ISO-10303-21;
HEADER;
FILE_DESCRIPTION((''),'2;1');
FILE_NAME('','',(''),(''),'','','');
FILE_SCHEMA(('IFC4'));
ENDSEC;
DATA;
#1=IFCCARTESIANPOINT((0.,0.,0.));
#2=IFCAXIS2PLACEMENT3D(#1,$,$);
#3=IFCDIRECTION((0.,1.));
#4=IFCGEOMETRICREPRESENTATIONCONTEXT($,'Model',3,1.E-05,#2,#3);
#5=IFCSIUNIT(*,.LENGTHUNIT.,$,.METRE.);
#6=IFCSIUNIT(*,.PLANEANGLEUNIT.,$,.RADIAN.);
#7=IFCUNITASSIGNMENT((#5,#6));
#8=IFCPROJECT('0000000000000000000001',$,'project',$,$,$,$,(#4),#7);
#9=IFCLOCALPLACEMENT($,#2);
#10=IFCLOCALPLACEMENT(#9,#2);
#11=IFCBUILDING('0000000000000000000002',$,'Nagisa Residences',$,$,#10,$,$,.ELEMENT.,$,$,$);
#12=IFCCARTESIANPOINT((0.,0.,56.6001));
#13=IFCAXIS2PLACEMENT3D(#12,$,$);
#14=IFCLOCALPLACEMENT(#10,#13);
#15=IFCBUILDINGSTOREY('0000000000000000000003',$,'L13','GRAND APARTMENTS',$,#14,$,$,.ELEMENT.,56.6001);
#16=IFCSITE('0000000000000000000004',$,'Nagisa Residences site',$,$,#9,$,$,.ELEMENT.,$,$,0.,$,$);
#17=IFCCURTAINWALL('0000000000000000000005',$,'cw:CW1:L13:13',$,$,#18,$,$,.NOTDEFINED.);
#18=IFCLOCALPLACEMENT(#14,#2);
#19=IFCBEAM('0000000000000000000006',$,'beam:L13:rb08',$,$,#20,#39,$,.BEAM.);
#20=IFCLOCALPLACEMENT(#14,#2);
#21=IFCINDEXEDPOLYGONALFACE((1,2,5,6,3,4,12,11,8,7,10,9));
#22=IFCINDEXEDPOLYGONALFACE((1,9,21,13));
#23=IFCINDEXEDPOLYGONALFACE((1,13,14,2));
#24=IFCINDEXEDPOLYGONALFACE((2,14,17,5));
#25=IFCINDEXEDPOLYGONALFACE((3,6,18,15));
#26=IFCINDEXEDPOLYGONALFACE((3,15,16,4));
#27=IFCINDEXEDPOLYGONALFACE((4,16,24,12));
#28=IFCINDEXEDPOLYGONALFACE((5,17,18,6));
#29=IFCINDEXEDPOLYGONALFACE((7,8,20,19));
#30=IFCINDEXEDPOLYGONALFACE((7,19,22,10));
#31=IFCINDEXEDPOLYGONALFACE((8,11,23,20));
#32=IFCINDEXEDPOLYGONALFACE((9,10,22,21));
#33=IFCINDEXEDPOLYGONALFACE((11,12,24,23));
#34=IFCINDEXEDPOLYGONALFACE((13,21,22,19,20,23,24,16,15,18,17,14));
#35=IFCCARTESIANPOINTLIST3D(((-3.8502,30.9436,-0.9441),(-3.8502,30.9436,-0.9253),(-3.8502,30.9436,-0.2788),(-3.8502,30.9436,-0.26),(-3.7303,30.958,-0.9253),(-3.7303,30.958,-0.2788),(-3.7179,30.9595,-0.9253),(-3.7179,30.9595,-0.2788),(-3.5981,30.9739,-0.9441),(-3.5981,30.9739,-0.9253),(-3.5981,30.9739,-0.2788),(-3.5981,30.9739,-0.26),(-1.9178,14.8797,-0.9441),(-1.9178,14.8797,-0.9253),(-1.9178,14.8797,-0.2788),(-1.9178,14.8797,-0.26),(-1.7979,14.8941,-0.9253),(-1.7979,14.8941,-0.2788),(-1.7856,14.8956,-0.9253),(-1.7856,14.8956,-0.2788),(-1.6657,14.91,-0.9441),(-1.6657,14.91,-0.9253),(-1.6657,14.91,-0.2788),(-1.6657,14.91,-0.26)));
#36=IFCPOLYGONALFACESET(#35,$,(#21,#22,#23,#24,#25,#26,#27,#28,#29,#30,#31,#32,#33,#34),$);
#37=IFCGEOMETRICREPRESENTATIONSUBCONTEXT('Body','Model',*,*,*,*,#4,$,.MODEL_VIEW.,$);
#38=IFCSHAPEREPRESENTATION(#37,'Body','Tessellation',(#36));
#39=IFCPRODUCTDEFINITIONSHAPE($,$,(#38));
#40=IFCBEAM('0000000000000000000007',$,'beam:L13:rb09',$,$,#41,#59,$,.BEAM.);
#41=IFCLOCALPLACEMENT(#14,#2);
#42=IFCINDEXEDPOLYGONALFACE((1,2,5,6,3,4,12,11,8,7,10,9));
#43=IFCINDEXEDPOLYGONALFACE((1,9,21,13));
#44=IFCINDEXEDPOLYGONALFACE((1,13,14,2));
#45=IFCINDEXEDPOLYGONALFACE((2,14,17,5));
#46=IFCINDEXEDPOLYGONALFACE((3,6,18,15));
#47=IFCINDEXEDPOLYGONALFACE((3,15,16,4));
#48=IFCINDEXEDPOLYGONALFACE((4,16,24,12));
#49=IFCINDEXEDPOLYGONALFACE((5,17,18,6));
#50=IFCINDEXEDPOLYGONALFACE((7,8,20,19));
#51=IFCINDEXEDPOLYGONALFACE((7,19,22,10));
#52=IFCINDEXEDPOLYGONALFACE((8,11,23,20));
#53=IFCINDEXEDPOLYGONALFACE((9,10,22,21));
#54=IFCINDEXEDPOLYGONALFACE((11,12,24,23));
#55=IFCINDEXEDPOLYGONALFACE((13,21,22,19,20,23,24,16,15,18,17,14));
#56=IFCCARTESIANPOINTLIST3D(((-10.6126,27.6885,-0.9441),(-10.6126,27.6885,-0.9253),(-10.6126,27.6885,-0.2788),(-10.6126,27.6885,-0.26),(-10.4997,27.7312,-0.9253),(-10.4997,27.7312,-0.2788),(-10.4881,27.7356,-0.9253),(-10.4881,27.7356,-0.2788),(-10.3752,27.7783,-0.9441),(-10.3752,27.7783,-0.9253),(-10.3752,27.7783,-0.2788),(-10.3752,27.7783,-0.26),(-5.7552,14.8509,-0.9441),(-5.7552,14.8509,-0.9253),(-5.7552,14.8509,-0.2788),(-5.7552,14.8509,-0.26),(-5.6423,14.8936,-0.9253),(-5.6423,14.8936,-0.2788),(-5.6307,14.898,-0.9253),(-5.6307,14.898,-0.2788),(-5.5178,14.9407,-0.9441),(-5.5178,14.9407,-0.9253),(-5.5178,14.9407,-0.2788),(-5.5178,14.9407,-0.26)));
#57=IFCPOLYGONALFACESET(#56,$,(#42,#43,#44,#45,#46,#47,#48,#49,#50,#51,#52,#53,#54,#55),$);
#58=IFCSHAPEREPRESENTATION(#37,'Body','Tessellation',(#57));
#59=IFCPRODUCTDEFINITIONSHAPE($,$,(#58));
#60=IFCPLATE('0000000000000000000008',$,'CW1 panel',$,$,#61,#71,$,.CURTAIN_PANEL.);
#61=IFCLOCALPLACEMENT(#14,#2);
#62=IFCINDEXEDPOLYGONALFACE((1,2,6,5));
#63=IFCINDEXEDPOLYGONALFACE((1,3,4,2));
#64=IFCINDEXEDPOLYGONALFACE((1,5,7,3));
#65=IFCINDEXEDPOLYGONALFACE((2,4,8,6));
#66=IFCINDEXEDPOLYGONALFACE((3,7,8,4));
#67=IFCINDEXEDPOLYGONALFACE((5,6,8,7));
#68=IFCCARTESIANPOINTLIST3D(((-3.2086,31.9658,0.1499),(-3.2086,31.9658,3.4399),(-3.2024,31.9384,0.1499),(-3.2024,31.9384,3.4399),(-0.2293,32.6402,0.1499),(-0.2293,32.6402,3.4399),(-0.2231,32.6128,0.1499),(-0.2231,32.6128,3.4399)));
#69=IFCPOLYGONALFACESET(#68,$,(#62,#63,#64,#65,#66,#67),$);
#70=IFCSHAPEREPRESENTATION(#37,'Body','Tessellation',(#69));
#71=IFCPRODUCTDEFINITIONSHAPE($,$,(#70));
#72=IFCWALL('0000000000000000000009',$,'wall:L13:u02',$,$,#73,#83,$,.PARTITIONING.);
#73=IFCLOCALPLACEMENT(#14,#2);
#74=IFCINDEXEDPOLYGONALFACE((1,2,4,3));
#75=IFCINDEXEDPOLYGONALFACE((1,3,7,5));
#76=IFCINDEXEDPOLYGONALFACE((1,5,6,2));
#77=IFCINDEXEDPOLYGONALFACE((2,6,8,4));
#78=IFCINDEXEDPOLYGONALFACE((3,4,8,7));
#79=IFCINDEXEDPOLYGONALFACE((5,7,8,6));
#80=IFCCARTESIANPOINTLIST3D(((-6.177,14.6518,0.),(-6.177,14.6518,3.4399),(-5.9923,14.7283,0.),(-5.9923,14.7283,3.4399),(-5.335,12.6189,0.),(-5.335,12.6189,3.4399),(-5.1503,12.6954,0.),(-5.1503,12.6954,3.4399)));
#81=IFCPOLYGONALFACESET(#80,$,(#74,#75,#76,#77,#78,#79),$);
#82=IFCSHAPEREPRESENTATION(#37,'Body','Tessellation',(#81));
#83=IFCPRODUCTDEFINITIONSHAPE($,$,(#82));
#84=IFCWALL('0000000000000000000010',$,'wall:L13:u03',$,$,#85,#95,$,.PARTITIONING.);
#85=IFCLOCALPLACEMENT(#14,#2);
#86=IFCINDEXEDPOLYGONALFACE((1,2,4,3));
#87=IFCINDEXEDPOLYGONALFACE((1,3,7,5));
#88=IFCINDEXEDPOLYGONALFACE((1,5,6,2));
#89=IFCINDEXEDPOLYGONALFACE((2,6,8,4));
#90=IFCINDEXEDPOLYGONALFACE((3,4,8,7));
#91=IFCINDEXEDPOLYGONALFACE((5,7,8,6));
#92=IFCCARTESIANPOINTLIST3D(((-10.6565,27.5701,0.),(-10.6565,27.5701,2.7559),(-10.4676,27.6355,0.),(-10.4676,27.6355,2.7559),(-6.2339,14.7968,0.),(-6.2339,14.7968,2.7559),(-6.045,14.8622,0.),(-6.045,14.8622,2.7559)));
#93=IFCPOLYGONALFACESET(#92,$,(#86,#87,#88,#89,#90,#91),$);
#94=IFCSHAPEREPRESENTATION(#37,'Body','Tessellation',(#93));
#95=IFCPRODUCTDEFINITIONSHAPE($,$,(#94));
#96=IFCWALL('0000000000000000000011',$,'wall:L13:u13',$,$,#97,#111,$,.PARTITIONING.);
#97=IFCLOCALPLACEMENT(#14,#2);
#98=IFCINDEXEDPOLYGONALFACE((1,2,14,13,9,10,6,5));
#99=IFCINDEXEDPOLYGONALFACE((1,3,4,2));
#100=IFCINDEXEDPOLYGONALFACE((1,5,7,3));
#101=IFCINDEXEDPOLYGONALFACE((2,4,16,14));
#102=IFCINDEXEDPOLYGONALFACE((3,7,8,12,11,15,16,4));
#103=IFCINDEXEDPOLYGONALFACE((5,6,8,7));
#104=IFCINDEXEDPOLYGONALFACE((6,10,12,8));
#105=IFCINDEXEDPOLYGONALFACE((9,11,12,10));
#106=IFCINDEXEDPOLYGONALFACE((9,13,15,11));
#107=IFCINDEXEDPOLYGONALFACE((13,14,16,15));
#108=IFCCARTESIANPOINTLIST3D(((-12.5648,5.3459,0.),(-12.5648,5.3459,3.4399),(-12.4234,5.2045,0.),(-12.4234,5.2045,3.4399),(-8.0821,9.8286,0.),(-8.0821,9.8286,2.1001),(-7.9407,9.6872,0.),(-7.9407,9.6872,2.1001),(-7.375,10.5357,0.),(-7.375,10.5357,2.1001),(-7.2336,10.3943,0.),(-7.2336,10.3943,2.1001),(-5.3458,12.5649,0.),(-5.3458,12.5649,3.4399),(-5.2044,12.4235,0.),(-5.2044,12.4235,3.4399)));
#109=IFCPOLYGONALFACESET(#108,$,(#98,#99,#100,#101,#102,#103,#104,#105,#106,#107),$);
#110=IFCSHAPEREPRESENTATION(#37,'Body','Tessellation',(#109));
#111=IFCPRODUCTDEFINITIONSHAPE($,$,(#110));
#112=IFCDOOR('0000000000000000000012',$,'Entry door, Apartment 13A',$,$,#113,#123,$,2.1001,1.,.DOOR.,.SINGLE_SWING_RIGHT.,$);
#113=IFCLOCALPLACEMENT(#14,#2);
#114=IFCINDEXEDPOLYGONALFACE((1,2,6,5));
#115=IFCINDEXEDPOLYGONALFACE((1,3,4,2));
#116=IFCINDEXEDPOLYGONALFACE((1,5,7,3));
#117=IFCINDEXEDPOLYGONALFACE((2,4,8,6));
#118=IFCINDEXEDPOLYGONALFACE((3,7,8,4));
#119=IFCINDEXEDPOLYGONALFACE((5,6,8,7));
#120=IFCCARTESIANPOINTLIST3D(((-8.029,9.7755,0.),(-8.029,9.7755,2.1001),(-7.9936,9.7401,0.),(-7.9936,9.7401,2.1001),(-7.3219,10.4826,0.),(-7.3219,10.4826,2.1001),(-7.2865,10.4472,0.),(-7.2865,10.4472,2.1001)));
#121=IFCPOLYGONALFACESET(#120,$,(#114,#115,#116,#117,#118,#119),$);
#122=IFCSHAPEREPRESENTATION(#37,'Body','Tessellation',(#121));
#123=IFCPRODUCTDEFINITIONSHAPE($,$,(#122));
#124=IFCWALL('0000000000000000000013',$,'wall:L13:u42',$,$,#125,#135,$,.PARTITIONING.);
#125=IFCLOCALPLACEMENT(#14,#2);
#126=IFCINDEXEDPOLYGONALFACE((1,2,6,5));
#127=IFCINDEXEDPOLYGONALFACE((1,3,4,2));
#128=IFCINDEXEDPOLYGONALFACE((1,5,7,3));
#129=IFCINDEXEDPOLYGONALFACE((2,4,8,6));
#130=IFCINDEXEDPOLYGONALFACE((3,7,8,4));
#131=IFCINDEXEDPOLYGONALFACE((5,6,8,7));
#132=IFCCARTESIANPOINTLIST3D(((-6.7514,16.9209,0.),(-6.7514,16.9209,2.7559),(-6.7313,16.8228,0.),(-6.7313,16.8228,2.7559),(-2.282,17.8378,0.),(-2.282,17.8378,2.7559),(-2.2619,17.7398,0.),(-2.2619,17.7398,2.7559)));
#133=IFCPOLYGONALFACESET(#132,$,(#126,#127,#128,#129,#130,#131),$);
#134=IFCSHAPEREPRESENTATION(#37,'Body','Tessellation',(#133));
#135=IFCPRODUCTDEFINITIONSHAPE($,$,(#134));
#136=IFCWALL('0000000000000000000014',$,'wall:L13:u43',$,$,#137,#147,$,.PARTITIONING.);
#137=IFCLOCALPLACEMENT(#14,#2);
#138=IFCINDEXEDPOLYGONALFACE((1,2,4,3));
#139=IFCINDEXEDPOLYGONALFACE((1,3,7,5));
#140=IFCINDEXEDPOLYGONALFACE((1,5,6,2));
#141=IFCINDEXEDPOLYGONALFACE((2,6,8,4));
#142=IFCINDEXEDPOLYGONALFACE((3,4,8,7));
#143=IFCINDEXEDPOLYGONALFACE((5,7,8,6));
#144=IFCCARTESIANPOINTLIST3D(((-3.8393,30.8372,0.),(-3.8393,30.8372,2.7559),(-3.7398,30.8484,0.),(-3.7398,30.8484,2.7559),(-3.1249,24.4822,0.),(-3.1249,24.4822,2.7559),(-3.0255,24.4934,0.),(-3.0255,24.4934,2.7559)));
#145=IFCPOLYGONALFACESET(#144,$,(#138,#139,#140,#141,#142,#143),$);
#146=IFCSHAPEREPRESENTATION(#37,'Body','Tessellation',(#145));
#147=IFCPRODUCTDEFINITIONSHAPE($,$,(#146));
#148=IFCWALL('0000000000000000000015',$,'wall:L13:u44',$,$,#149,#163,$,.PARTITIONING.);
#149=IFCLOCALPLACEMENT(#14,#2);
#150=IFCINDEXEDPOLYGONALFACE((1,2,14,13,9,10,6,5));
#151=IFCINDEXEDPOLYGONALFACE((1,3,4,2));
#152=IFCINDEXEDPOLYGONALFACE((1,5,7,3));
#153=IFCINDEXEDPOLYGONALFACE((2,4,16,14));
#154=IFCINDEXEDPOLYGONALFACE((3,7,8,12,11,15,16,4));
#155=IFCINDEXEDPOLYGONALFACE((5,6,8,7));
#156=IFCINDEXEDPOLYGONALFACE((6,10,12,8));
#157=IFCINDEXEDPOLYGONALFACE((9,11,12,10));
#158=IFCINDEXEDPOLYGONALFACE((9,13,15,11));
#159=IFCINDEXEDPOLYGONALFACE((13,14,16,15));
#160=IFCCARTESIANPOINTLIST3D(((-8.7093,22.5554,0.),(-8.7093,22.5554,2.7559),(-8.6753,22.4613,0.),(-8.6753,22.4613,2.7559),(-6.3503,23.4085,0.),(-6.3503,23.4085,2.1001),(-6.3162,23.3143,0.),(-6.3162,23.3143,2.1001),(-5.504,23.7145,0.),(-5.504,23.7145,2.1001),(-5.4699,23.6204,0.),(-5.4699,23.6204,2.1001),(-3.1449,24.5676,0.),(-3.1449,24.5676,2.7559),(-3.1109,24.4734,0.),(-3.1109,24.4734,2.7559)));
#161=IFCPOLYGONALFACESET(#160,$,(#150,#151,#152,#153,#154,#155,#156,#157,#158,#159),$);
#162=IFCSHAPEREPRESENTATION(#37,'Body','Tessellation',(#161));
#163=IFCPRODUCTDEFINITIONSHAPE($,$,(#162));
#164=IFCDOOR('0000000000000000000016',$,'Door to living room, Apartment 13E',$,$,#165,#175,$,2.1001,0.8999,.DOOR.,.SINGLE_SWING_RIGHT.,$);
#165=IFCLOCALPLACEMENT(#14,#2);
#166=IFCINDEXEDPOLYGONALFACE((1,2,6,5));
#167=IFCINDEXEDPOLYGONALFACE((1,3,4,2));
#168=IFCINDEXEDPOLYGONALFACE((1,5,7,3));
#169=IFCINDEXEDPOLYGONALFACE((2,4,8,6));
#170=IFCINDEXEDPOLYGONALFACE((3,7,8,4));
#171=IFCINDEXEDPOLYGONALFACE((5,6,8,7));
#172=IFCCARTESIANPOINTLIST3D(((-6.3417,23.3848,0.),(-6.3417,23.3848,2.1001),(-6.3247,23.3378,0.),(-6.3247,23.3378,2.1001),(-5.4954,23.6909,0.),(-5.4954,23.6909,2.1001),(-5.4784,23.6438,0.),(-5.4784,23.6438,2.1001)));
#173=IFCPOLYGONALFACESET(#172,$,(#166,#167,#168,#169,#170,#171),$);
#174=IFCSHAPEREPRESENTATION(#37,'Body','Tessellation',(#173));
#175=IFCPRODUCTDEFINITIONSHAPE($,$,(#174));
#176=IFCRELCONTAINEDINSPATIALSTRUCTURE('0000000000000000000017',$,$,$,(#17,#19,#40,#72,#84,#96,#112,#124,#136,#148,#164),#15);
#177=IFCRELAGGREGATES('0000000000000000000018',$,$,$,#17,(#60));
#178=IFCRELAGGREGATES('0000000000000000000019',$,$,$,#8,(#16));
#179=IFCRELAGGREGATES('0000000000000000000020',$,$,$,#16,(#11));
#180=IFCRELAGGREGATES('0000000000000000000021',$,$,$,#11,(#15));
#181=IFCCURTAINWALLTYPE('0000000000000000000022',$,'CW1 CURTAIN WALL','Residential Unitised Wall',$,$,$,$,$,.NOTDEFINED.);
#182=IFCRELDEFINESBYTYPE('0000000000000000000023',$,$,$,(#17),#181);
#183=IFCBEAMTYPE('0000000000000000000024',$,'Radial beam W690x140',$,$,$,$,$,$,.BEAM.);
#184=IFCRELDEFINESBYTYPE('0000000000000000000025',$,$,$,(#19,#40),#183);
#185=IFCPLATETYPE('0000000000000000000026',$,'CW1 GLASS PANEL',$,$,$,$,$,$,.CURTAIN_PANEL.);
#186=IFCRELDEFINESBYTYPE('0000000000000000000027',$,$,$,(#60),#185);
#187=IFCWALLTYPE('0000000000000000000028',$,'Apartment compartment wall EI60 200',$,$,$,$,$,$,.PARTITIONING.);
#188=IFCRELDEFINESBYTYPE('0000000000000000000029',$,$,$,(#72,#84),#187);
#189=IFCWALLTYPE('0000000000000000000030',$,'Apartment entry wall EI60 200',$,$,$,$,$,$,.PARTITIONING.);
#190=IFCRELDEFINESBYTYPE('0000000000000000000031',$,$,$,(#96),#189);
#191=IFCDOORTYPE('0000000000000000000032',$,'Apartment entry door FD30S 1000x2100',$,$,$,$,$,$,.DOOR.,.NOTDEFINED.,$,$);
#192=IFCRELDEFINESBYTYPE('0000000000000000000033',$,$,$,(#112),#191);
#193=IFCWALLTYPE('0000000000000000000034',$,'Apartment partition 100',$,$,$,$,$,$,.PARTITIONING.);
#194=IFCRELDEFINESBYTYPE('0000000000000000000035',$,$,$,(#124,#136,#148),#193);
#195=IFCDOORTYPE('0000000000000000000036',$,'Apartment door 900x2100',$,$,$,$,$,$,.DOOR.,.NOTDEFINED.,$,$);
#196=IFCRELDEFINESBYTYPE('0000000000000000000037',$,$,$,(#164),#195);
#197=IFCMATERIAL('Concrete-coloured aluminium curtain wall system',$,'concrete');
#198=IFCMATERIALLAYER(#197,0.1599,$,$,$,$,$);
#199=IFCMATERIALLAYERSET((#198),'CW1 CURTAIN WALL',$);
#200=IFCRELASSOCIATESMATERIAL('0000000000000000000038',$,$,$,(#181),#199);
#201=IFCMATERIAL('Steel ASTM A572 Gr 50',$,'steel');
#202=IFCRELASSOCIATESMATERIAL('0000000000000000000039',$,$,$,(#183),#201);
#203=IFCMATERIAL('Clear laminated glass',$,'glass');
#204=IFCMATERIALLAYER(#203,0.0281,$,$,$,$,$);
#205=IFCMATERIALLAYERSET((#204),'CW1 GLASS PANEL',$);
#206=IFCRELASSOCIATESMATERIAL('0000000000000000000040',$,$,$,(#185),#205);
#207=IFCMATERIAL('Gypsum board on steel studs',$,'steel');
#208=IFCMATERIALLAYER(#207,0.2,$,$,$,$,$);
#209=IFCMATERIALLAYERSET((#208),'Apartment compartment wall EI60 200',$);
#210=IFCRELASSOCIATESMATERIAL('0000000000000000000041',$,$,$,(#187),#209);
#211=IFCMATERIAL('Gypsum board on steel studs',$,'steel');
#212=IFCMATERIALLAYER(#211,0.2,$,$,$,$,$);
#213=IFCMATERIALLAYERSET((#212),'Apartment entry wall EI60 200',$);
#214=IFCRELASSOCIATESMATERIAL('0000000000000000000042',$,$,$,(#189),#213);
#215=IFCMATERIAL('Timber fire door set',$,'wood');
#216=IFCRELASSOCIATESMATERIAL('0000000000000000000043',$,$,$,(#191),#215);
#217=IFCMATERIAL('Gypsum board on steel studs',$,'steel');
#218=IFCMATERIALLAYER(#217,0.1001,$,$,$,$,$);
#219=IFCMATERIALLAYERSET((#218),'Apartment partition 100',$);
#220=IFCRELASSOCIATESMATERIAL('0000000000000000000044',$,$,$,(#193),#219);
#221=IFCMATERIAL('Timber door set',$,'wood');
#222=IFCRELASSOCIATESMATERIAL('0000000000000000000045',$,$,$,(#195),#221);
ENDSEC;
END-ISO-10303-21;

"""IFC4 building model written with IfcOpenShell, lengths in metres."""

from ifc_helpers import new_model, si_unit, direction, frame, frame_2d, origin, origin_2d, place, context, subcontext, project, spatial, rectangle, i_section, extrude, material, layer, layer_set, material_profile, profile_set, type_object, element, fill, aggregate, save


model = new_model("IFC4")

# Units and contexts
model_context = context("Model", 3, precision=1e-05, world=origin(), true_north=direction((0.0, 1.0)))
body_context = subcontext(model_context, "Body", "Model", "MODEL_VIEW")
ifc_project = project(units=[si_unit("LENGTHUNIT", "METRE"), si_unit("PLANEANGLEUNIT", "RADIAN")], contexts=[model_context])

# Site, building, storey
site_placement = place(None, origin())
site = spatial("IfcSite", under=ifc_project, at=site_placement, Name="Nagisa Residences site", CompositionType="ELEMENT", RefElevation=0.0)
building_placement = place(site_placement, origin())
building = spatial("IfcBuilding", under=site, at=building_placement, Name="Nagisa Residences", CompositionType="ELEMENT")
storey_placement = place(building_placement, frame((0.0, 0.0, 56.6001)))
storey = spatial("IfcBuildingStorey", under=building, at=storey_placement, Name="L13", Description="GRAND APARTMENTS", CompositionType="ELEMENT", Elevation=56.6001)

# Curtain wall
ifc_material_1 = material(Name="Concrete-coloured aluminium curtain wall system", Category="concrete")
ifc_layer_1 = layer(ifc_material_1, 0.1599)
ifc_layer_set_1 = layer_set([ifc_layer_1], Name="CW1 CURTAIN WALL")
curtain_wall_type = type_object("IfcCurtainWallType", Name="CW1 CURTAIN WALL", Description="Residential Unitised Wall", PredefinedType="NOTDEFINED", material=ifc_layer_set_1)
curtain_wall_1_placement = place(storey_placement, origin())
curtain_wall_1 = element("IfcCurtainWall", 1, at=curtain_wall_1_placement, inside=storey, type_object=curtain_wall_type, Name="cw:CW1:L13:13", PredefinedType="NOTDEFINED")

# Beams
ifc_material_2 = material(Name="Steel ASTM A572 Gr 50", Category="steel")
ifc_material_profile_1 = material_profile(ifc_material_2, i_section(OverallWidth=0.2539, OverallDepth=0.6841, WebThickness=0.0125, FlangeThickness=0.0188, at=origin_2d()), Name="W690x140")
ifc_profile_set_1 = profile_set([ifc_material_profile_1], Name="Steel ASTM A572 Gr 50")
beam_type_1 = type_object("IfcBeamType", Name="Radial beam W690x140", PredefinedType="BEAM", material=ifc_profile_set_1)
beam_1_placement = place(storey_placement, frame((-3.7241, 30.9587, -0.6021), z_axis=(0.119431, -0.992842, 0.0), x_axis=(0.992842, 0.119431, 0.0)))
element("IfcBeam", 2, at=beam_1_placement, inside=storey, type_object=beam_type_1, Name="beam:L13:rb08", PredefinedType="BEAM", context=body_context, shape_type="SweptSolid", body=[
    extrude(i_section(OverallWidth=0.2539, OverallDepth=0.6841, WebThickness=0.0125, FlangeThickness=0.0188, at=origin_2d()), origin(), (0.0, 0.0, 1.0), 16.1797),
])
beam_2_placement = place(storey_placement, frame((-10.4939, 27.7334, -0.6021), z_axis=(0.353888, -0.935288, 0.0), x_axis=(0.935288, 0.353888, 0.0)))
element("IfcBeam", 3, at=beam_2_placement, inside=storey, type_object=beam_type_1, Name="beam:L13:rb09", PredefinedType="BEAM", context=body_context, shape_type="SweptSolid", body=[
    extrude(i_section(OverallWidth=0.2539, OverallDepth=0.6841, WebThickness=0.0125, FlangeThickness=0.0188, at=origin_2d()), origin(), (0.0, 0.0, 1.0), 13.7258),
])

# Plate
ifc_material_3 = material(Name="Clear laminated glass", Category="glass")
ifc_layer_2 = layer(ifc_material_3, 0.0281)
ifc_layer_set_2 = layer_set([ifc_layer_2], Name="CW1 GLASS PANEL")
plate_type = type_object("IfcPlateType", Name="CW1 GLASS PANEL", PredefinedType="CURTAIN_PANEL", material=ifc_layer_set_2)
plate_placement = place(storey_placement, frame((-1.7158, 32.2893, 0.1499), z_axis=(0.0, 0.0, 1.0), x_axis=(-0.975327, -0.220764, 0.0)))
plate = element("IfcPlate", 4, at=plate_placement, type_object=plate_type, Name="CW1 panel", PredefinedType="CURTAIN_PANEL", context=body_context, shape_type="SweptSolid", body=[
    extrude(rectangle(XDim=3.0547, YDim=0.0281, at=origin_2d()), origin(), (0.0, 0.0, 1.0), 3.29),
])
aggregate(curtain_wall_1, [plate])

# Walls
ifc_material_4 = material(Name="Gypsum board on steel studs", Category="steel")
ifc_layer_3 = layer(ifc_material_4, 0.2)
ifc_layer_set_3 = layer_set([ifc_layer_3], Name="Apartment compartment wall EI60 200")
wall_type_1 = type_object("IfcWallType", Name="Apartment compartment wall EI60 200", PredefinedType="PARTITIONING", material=ifc_layer_set_3)
wall_1_placement = place(storey_placement, frame((-5.2427, 12.6572, 0.0), z_axis=(0.0, 0.0, 1.0), x_axis=(-0.382669, 0.923886, 0.0)))
element("IfcWall", 5, at=wall_1_placement, inside=storey, type_object=wall_type_1, Name="wall:L13:u02", PredefinedType="PARTITIONING", context=body_context, shape_type="SweptSolid", body=[
    extrude(rectangle(XDim=2.2004, YDim=0.2, at=frame_2d((1.1001, 0.0))), origin(), (0.0, 0.0, 1.0), 3.4399),
])
wall_2_placement = place(storey_placement, frame((-6.1394, 14.8293, 0.0), z_axis=(0.0, 0.0, 1.0), x_axis=(-0.327179, 0.944962, 0.0)))
element("IfcWall", 6, at=wall_2_placement, inside=storey, type_object=wall_type_1, Name="wall:L13:u03", PredefinedType="PARTITIONING", context=body_context, shape_type="SweptSolid", body=[
    extrude(rectangle(XDim=13.5173, YDim=0.2, at=frame_2d((6.7588, 0.0))), origin(), (0.0, 0.0, 1.0), 2.7559),
])

# Wall, opening, door
ifc_material_5 = material(Name="Gypsum board on steel studs", Category="steel")
ifc_layer_4 = layer(ifc_material_5, 0.2)
ifc_layer_set_4 = layer_set([ifc_layer_4], Name="Apartment entry wall EI60 200")
wall_type_2 = type_object("IfcWallType", Name="Apartment entry wall EI60 200", PredefinedType="PARTITIONING", material=ifc_layer_set_4)
wall_3_placement = place(storey_placement, frame((-5.2751, 12.4941, 0.0), z_axis=(0.0, 0.0, 1.0), x_axis=(-0.707107, -0.707107, 0.0)))
wall_3 = element("IfcWall", 7, at=wall_3_placement, inside=storey, type_object=wall_type_2, Name="wall:L13:u13", PredefinedType="PARTITIONING", context=body_context, shape_type="SweptSolid", body=[
    extrude(rectangle(XDim=10.2092, YDim=0.2, at=frame_2d((5.1045, 0.0))), origin(), (0.0, 0.0, 1.0), 3.4399),
])
opening_1_placement = place(wall_3_placement, frame((2.8696, 0.0, 0.0)))
opening_1 = element("IfcOpeningElement", 8, at=opening_1_placement, cuts=wall_3, PredefinedType="OPENING", context=body_context, shape_type="SweptSolid", body=[
    extrude(rectangle(XDim=1.0, YDim=2.1001, at=frame_2d((0.5, 1.05))), frame((0.0, 0.1099, 0.0), z_axis=(0.0, -1.0, 0.0), x_axis=(1.0, 0.0, 0.0)), (0.0, 0.0, 1.0), 0.22),
])
ifc_material_6 = material(Name="Timber fire door set", Category="wood")
door_type_1 = type_object("IfcDoorType", Name="Apartment entry door FD30S 1000x2100", OperationType="NOTDEFINED", PredefinedType="DOOR", material=ifc_material_6)
door_1_placement = place(opening_1_placement, frame((1.0, 0.0, 0.0), x_axis=(-1.0, 0.0, 0.0)))
door_1 = element("IfcDoor", 9, at=door_1_placement, inside=storey, type_object=door_type_1, Name="Entry door, Apartment 13A", OperationType="SINGLE_SWING_RIGHT", OverallHeight=2.1001, OverallWidth=1.0, PredefinedType="DOOR", context=body_context, shape_type="SweptSolid", body=[
    extrude(rectangle(XDim=1.0, YDim=2.1001, at=frame_2d((0.5, 1.05))), frame((0.0, 0.0249, 0.0), z_axis=(0.0, -1.0, 0.0), x_axis=(1.0, 0.0, 0.0)), (0.0, 0.0, 1.0), 0.05),
])
fill(opening_1, door_1)

# Walls
ifc_material_7 = material(Name="Gypsum board on steel studs", Category="steel")
ifc_layer_5 = layer(ifc_material_7, 0.1001)
ifc_layer_set_5 = layer_set([ifc_layer_5], Name="Apartment partition 100")
wall_type_3 = type_object("IfcWallType", Name="Apartment partition 100", PredefinedType="PARTITIONING", material=ifc_layer_set_5)
wall_4_placement = place(storey_placement, frame((-2.272, 17.7888, 0.0), z_axis=(0.0, 0.0, 1.0), x_axis=(-0.979595, -0.200981, 0.0)))
element("IfcWall", 10, at=wall_4_placement, inside=storey, type_object=wall_type_3, Name="wall:L13:u42", PredefinedType="PARTITIONING", context=body_context, shape_type="SweptSolid", body=[
    extrude(rectangle(XDim=4.5625, YDim=0.1001, at=frame_2d((2.2812, 0.0))), origin(), (0.0, 0.0, 1.0), 2.7559),
])
wall_5_placement = place(storey_placement, frame((-3.0752, 24.4878, 0.0), z_axis=(0.0, 0.0, 1.0), x_axis=(-0.111705, 0.993741, 0.0)))
element("IfcWall", 11, at=wall_5_placement, inside=storey, type_object=wall_type_3, Name="wall:L13:u43", PredefinedType="PARTITIONING", context=body_context, shape_type="SweptSolid", body=[
    extrude(rectangle(XDim=6.395, YDim=0.1001, at=frame_2d((3.1975, 0.0))), origin(), (0.0, 0.0, 1.0), 2.7559),
])

# Wall, opening, door
wall_6_placement = place(storey_placement, frame((-3.1279, 24.5205, 0.0), z_axis=(0.0, 0.0, 1.0), x_axis=(-0.940401, -0.340066, 0.0)))
wall_6 = element("IfcWall", 12, at=wall_6_placement, inside=storey, type_object=wall_type_3, Name="wall:L13:u44", PredefinedType="PARTITIONING", context=body_context, shape_type="SweptSolid", body=[
    extrude(rectangle(XDim=5.917, YDim=0.1001, at=frame_2d((2.9585, 0.0))), origin(), (0.0, 0.0, 1.0), 2.7559),
])
opening_2_placement = place(wall_6_placement, frame((2.5085, 0.0, 0.0)))
opening_2 = element("IfcOpeningElement", 13, at=opening_2_placement, cuts=wall_6, PredefinedType="OPENING", context=body_context, shape_type="SweptSolid", body=[
    extrude(rectangle(XDim=0.8999, YDim=2.1001, at=frame_2d((0.45, 1.05))), frame((0.0, 0.0601, 0.0), z_axis=(0.0, -1.0, 0.0), x_axis=(1.0, 0.0, 0.0)), (0.0, 0.0, 1.0), 0.1201),
])
ifc_material_8 = material(Name="Timber door set", Category="wood")
door_type_2 = type_object("IfcDoorType", Name="Apartment door 900x2100", OperationType="NOTDEFINED", PredefinedType="DOOR", material=ifc_material_8)
door_2_placement = place(opening_2_placement, frame((0.8999, 0.0, 0.0), x_axis=(-1.0, 0.0, 0.0)))
door_2 = element("IfcDoor", 14, at=door_2_placement, inside=storey, type_object=door_type_2, Name="Door to living room, Apartment 13E", OperationType="SINGLE_SWING_RIGHT", OverallHeight=2.1001, OverallWidth=0.8999, PredefinedType="DOOR", context=body_context, shape_type="SweptSolid", body=[
    extrude(rectangle(XDim=0.8999, YDim=2.1001, at=frame_2d((0.45, 1.05))), frame((0.0, 0.0249, 0.0), z_axis=(0.0, -1.0, 0.0), x_axis=(1.0, 0.0, 0.0)), (0.0, 0.0, 1.0), 0.05),
])
fill(opening_2, door_2)

save(model, "model.ifc")
